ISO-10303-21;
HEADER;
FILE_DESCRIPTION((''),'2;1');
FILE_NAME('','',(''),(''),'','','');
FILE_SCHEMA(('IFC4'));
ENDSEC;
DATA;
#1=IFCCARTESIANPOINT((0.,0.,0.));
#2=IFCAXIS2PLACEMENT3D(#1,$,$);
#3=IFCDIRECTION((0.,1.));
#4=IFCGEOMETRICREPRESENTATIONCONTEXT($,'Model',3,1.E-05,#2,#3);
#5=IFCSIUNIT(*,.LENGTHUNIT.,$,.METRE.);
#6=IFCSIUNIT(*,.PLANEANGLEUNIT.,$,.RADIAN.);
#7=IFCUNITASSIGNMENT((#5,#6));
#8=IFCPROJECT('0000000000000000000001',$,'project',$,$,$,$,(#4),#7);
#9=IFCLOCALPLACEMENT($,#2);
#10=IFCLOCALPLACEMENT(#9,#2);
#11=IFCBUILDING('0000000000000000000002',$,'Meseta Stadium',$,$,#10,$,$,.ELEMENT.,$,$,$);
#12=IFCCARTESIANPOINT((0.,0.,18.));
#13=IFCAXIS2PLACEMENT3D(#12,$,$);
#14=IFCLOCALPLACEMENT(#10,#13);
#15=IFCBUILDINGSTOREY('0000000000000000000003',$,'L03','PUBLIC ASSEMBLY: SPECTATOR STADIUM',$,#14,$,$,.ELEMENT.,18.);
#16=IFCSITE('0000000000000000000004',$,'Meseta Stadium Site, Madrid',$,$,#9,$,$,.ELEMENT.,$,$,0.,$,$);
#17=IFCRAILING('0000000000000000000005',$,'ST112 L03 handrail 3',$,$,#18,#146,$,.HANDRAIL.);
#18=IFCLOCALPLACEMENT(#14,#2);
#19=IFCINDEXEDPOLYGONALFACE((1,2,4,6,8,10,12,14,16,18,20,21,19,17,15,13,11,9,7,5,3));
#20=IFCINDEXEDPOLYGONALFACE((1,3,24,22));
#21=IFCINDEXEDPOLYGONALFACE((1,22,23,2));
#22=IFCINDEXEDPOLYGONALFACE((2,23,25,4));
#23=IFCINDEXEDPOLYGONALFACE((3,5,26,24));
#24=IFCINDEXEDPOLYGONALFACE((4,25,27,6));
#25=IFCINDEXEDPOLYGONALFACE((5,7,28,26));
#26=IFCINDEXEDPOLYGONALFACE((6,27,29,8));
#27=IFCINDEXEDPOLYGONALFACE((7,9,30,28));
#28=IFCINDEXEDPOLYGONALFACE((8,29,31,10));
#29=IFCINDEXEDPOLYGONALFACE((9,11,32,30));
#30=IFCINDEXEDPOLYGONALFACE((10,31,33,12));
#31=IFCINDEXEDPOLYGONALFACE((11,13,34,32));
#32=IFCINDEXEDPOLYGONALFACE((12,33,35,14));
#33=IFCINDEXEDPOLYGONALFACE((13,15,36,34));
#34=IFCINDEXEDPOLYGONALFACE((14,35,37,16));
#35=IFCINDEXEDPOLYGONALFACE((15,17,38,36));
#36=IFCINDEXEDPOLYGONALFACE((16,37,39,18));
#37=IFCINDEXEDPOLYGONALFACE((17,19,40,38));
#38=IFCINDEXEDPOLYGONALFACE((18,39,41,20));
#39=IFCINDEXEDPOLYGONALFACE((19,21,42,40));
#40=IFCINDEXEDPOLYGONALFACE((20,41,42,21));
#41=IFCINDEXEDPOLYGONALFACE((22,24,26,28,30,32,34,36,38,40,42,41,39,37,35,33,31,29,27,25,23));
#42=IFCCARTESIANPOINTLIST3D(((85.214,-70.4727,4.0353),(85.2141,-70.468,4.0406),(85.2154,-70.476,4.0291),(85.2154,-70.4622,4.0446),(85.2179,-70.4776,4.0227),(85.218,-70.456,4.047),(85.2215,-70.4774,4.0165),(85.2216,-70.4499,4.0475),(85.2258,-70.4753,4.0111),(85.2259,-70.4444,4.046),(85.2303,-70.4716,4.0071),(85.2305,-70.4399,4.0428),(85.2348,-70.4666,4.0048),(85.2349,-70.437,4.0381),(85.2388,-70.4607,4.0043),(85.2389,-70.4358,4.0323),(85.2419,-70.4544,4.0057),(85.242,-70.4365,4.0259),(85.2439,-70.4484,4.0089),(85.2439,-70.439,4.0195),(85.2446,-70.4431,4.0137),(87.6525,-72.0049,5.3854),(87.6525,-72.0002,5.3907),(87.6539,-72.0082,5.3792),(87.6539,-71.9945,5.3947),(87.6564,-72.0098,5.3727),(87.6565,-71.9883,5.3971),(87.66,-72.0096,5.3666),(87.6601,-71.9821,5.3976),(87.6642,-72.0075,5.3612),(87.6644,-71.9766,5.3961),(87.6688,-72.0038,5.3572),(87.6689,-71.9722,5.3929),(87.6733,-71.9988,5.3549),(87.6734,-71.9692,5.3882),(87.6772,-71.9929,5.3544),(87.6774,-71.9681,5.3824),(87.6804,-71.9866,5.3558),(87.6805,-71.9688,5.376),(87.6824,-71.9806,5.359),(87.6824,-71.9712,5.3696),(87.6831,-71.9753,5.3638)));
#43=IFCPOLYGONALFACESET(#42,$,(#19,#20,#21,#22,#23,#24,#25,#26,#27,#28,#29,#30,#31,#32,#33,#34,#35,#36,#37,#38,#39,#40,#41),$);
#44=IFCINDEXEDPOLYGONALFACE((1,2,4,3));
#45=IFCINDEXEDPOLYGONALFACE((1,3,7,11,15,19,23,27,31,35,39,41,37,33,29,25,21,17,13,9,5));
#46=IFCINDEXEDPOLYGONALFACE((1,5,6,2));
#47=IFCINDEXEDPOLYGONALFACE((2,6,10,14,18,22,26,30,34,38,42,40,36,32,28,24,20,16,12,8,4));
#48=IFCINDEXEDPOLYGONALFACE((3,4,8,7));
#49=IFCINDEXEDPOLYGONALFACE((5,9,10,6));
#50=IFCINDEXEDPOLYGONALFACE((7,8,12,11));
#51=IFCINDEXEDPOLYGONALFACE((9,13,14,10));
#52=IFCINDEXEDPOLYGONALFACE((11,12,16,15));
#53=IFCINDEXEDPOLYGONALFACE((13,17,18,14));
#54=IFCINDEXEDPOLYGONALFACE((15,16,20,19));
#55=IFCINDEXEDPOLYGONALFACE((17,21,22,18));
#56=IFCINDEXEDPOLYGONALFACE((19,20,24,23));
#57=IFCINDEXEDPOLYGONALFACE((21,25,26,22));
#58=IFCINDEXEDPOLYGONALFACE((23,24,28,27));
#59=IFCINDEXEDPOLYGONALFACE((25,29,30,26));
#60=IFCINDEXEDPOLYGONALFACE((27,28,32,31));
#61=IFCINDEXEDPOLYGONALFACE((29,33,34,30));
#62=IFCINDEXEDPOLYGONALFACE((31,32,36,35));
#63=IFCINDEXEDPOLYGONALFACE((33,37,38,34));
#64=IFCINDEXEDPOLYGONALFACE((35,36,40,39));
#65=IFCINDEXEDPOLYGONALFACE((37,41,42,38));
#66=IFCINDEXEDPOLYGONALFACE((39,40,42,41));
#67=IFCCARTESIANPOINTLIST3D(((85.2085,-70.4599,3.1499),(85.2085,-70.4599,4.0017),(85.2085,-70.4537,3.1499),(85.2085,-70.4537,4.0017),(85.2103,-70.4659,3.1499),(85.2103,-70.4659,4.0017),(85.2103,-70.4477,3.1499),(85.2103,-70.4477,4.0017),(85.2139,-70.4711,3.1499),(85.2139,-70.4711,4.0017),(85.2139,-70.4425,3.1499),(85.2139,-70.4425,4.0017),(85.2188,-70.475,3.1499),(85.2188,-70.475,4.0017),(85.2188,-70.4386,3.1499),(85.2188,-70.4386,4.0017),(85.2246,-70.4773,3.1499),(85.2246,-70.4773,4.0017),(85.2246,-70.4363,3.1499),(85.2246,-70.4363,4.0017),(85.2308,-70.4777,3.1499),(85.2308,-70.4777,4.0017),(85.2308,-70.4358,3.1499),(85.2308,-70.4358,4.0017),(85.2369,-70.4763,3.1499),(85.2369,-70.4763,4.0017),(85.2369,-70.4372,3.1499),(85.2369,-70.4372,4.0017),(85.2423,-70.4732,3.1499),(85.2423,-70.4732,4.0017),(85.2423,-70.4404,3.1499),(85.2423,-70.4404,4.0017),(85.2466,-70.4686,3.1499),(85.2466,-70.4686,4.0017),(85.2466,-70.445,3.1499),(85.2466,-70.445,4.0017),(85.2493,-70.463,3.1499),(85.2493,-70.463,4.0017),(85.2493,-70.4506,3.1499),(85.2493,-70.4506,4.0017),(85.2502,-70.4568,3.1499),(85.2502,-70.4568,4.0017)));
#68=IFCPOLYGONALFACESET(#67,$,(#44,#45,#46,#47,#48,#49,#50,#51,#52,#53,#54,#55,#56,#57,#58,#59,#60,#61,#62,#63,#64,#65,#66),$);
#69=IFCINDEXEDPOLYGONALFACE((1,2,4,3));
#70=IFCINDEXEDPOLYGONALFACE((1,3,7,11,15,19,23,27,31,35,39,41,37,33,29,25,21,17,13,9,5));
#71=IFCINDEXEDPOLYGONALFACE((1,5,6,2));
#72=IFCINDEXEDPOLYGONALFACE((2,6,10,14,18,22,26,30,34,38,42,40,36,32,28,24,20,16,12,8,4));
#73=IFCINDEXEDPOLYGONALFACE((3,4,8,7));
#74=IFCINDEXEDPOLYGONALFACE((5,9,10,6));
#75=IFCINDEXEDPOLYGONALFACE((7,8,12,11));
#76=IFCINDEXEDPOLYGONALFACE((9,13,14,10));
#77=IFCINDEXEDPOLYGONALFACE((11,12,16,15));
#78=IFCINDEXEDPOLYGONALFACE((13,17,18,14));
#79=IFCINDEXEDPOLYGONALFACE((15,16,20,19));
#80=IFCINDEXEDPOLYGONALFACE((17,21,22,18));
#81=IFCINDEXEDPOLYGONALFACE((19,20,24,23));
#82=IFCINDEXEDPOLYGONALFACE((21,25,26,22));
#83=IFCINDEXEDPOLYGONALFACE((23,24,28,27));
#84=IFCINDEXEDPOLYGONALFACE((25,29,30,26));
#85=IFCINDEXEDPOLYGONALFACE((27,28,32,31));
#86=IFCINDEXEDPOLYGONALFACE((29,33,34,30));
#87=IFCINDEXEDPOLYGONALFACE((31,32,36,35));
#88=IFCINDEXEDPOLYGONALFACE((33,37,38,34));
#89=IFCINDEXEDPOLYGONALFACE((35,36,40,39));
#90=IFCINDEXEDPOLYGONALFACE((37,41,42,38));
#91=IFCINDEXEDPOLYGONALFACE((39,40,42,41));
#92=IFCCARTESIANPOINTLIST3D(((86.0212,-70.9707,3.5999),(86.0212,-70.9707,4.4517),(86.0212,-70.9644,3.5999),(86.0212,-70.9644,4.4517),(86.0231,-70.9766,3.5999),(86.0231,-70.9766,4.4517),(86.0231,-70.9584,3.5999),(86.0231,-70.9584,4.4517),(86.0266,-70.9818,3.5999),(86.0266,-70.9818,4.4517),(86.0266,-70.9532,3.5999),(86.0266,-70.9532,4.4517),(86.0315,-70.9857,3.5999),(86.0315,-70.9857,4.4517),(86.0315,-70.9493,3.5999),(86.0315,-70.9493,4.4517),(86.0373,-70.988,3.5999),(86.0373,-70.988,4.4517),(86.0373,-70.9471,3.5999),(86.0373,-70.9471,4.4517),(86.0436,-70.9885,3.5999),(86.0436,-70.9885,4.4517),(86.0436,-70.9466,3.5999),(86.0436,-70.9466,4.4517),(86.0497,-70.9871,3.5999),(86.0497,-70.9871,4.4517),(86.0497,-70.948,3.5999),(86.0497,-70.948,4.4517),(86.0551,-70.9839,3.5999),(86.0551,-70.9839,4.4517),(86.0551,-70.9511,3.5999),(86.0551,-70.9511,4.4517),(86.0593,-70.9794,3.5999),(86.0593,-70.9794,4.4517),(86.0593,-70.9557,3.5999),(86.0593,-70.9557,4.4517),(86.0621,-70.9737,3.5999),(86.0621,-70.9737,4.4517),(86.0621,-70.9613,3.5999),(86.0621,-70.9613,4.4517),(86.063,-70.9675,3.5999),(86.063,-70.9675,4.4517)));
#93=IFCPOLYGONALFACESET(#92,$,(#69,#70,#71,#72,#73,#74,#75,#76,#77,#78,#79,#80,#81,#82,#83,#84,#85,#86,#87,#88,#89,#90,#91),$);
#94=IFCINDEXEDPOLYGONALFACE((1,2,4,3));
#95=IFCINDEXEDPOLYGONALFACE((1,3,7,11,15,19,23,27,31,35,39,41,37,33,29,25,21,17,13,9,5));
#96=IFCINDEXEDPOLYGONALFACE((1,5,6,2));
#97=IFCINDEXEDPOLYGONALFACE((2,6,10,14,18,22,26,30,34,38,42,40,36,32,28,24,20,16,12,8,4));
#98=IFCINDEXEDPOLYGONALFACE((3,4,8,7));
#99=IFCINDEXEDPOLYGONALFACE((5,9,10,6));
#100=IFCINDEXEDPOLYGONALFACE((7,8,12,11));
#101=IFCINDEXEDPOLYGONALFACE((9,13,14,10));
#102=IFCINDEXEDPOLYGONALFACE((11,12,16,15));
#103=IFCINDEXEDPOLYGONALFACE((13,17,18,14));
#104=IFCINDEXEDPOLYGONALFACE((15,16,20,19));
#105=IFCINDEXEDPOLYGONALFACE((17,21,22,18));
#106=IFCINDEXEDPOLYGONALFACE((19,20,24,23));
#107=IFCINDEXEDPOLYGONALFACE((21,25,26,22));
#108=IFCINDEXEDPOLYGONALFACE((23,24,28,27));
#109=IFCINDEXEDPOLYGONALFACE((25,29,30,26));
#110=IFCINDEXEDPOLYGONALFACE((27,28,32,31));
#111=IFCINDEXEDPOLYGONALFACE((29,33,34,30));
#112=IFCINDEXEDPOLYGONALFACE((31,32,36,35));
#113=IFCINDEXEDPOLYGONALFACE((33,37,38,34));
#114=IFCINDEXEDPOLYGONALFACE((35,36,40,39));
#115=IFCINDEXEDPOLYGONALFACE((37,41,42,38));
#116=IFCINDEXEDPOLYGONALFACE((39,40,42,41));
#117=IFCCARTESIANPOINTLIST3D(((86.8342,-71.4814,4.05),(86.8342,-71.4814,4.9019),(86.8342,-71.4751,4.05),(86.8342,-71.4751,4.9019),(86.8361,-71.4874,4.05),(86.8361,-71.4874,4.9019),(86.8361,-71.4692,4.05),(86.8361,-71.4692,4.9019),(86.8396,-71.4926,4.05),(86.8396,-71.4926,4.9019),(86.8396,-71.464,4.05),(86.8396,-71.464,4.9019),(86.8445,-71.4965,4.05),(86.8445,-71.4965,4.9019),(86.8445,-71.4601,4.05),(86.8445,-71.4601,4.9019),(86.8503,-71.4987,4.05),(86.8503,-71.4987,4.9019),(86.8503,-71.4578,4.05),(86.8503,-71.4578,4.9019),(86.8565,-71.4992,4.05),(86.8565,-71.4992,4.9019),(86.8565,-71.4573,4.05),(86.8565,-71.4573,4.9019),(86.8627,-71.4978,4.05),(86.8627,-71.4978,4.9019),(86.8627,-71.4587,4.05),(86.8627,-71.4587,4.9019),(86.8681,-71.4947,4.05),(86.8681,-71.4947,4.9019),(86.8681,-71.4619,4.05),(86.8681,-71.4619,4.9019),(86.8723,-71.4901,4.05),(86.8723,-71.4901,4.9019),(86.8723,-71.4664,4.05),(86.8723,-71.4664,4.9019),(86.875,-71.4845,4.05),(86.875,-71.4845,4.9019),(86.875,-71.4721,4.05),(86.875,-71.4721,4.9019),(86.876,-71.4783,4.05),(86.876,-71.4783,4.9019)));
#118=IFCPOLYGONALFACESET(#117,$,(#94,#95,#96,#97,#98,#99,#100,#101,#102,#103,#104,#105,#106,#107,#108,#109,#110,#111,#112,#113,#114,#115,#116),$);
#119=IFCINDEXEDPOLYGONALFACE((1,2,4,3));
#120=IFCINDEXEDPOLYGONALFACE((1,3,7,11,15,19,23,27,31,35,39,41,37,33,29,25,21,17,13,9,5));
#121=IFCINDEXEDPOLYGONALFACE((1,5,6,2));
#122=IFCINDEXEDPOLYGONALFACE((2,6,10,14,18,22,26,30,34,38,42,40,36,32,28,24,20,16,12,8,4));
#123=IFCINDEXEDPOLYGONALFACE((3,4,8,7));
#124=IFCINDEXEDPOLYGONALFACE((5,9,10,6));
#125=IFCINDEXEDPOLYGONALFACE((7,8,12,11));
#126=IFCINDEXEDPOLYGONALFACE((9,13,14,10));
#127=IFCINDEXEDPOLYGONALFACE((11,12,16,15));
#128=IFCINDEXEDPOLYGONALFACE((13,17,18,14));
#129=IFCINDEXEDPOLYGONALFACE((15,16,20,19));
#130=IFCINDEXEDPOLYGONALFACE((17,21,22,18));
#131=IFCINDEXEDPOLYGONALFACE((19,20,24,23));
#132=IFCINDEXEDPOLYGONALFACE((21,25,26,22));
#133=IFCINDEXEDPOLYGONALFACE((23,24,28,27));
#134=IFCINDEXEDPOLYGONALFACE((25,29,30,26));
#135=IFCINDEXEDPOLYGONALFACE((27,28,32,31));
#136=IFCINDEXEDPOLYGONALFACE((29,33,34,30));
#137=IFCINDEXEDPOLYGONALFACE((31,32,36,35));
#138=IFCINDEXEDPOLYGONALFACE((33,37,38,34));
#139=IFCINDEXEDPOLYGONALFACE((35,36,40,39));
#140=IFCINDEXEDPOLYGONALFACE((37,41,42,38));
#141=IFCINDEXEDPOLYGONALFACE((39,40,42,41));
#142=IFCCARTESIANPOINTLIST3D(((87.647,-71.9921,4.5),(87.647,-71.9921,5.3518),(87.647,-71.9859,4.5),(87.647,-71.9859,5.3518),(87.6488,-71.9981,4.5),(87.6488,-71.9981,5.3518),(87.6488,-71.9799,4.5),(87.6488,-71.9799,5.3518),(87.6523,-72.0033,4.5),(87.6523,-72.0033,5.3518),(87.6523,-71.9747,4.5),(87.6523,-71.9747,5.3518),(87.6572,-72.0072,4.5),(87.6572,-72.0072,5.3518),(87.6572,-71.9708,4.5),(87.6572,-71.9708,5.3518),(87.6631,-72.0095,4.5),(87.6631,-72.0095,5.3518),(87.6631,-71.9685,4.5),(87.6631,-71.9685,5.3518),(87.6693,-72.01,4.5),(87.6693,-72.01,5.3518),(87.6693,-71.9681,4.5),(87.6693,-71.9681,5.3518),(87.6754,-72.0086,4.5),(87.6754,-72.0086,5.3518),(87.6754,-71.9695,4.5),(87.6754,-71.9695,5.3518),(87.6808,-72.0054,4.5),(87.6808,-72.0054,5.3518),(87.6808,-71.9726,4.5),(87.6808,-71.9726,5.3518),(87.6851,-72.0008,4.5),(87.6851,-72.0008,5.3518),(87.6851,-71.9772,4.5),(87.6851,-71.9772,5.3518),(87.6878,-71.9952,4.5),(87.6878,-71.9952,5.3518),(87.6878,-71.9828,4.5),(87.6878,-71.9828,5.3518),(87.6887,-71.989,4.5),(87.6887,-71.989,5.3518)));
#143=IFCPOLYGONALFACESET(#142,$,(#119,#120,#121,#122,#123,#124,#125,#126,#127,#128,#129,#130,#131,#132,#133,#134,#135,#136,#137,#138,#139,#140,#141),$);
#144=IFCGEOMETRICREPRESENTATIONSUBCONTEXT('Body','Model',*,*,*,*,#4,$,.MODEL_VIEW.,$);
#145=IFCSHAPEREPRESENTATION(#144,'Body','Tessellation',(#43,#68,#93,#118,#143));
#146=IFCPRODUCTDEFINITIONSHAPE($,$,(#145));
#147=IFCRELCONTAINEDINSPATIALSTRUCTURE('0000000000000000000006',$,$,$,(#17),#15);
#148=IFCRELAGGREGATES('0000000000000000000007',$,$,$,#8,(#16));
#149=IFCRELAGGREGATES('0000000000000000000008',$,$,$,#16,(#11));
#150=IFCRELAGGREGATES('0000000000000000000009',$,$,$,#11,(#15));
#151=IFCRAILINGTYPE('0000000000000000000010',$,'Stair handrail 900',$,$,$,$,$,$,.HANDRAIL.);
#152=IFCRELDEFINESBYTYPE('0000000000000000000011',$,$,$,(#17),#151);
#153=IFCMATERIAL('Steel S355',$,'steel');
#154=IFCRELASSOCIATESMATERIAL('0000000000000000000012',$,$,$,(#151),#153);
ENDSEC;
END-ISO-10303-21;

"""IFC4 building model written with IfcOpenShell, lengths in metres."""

from ifc_helpers import new_model, si_unit, direction, frame, origin, origin_2d, place, context, subcontext, project, spatial, circle, extrude, material, type_object, element, save


model = new_model("IFC4")

# Units and contexts
model_context = context("Model", 3, precision=1e-05, world=origin(), true_north=direction((0.0, 1.0)))
body_context = subcontext(model_context, "Body", "Model", "MODEL_VIEW")
ifc_project = project(units=[si_unit("LENGTHUNIT", "METRE"), si_unit("PLANEANGLEUNIT", "RADIAN")], contexts=[model_context])

# Site, building, storey
site_placement = place(None, origin())
site = spatial("IfcSite", under=ifc_project, at=site_placement, Name="Meseta Stadium Site, Madrid", CompositionType="ELEMENT", RefElevation=0.0)
building_placement = place(site_placement, origin())
building = spatial("IfcBuilding", under=site, at=building_placement, Name="Meseta Stadium", CompositionType="ELEMENT")
storey_placement = place(building_placement, frame((0.0, 0.0, 18.0)))
storey = spatial("IfcBuildingStorey", under=building, at=storey_placement, Name="L03", Description="PUBLIC ASSEMBLY: SPECTATOR STADIUM", CompositionType="ELEMENT", Elevation=18.0)

# Railing
ifc_material_1 = material(Name="Steel S355", Category="steel")
railing_type_1 = type_object("IfcRailingType", Name="Stair handrail 900", PredefinedType="HANDRAIL", material=ifc_material_1)
for number, where, name in (
    (1, (85.2292, -70.4568, 3.1499), "ST112 L03 handrail 3"),
):
    element("IfcRailing", number, at=place(storey_placement, frame(where)), inside=storey, type_object=railing_type_1, Name=name, PredefinedType="HANDRAIL", context=body_context, shape_type="SweptSolid", body=[
        extrude(circle(Radius=0.0239, at=origin_2d()), frame((0.0, 0.0, 0.876), z_axis=(0.766655, -0.481731, 0.42447), x_axis=(0.53204, 0.846719, 0.0)), (0.0, 0.0, 1.0), 3.1807),
        extrude(circle(Radius=0.021, at=origin_2d()), origin(), (0.0, 0.0, 1.0), 0.8518),
        extrude(circle(Radius=0.021, at=origin_2d()), frame((0.8127, -0.5107, 0.45)), (0.0, 0.0, 1.0), 0.8518),
        extrude(circle(Radius=0.021, at=origin_2d()), frame((1.6257, -1.0215, 0.9001)), (0.0, 0.0, 1.0), 0.8518),
        extrude(circle(Radius=0.021, at=origin_2d()), frame((2.4385, -1.5322, 1.3501)), (0.0, 0.0, 1.0), 0.8518),
    ])

save(model, "model.ifc")
